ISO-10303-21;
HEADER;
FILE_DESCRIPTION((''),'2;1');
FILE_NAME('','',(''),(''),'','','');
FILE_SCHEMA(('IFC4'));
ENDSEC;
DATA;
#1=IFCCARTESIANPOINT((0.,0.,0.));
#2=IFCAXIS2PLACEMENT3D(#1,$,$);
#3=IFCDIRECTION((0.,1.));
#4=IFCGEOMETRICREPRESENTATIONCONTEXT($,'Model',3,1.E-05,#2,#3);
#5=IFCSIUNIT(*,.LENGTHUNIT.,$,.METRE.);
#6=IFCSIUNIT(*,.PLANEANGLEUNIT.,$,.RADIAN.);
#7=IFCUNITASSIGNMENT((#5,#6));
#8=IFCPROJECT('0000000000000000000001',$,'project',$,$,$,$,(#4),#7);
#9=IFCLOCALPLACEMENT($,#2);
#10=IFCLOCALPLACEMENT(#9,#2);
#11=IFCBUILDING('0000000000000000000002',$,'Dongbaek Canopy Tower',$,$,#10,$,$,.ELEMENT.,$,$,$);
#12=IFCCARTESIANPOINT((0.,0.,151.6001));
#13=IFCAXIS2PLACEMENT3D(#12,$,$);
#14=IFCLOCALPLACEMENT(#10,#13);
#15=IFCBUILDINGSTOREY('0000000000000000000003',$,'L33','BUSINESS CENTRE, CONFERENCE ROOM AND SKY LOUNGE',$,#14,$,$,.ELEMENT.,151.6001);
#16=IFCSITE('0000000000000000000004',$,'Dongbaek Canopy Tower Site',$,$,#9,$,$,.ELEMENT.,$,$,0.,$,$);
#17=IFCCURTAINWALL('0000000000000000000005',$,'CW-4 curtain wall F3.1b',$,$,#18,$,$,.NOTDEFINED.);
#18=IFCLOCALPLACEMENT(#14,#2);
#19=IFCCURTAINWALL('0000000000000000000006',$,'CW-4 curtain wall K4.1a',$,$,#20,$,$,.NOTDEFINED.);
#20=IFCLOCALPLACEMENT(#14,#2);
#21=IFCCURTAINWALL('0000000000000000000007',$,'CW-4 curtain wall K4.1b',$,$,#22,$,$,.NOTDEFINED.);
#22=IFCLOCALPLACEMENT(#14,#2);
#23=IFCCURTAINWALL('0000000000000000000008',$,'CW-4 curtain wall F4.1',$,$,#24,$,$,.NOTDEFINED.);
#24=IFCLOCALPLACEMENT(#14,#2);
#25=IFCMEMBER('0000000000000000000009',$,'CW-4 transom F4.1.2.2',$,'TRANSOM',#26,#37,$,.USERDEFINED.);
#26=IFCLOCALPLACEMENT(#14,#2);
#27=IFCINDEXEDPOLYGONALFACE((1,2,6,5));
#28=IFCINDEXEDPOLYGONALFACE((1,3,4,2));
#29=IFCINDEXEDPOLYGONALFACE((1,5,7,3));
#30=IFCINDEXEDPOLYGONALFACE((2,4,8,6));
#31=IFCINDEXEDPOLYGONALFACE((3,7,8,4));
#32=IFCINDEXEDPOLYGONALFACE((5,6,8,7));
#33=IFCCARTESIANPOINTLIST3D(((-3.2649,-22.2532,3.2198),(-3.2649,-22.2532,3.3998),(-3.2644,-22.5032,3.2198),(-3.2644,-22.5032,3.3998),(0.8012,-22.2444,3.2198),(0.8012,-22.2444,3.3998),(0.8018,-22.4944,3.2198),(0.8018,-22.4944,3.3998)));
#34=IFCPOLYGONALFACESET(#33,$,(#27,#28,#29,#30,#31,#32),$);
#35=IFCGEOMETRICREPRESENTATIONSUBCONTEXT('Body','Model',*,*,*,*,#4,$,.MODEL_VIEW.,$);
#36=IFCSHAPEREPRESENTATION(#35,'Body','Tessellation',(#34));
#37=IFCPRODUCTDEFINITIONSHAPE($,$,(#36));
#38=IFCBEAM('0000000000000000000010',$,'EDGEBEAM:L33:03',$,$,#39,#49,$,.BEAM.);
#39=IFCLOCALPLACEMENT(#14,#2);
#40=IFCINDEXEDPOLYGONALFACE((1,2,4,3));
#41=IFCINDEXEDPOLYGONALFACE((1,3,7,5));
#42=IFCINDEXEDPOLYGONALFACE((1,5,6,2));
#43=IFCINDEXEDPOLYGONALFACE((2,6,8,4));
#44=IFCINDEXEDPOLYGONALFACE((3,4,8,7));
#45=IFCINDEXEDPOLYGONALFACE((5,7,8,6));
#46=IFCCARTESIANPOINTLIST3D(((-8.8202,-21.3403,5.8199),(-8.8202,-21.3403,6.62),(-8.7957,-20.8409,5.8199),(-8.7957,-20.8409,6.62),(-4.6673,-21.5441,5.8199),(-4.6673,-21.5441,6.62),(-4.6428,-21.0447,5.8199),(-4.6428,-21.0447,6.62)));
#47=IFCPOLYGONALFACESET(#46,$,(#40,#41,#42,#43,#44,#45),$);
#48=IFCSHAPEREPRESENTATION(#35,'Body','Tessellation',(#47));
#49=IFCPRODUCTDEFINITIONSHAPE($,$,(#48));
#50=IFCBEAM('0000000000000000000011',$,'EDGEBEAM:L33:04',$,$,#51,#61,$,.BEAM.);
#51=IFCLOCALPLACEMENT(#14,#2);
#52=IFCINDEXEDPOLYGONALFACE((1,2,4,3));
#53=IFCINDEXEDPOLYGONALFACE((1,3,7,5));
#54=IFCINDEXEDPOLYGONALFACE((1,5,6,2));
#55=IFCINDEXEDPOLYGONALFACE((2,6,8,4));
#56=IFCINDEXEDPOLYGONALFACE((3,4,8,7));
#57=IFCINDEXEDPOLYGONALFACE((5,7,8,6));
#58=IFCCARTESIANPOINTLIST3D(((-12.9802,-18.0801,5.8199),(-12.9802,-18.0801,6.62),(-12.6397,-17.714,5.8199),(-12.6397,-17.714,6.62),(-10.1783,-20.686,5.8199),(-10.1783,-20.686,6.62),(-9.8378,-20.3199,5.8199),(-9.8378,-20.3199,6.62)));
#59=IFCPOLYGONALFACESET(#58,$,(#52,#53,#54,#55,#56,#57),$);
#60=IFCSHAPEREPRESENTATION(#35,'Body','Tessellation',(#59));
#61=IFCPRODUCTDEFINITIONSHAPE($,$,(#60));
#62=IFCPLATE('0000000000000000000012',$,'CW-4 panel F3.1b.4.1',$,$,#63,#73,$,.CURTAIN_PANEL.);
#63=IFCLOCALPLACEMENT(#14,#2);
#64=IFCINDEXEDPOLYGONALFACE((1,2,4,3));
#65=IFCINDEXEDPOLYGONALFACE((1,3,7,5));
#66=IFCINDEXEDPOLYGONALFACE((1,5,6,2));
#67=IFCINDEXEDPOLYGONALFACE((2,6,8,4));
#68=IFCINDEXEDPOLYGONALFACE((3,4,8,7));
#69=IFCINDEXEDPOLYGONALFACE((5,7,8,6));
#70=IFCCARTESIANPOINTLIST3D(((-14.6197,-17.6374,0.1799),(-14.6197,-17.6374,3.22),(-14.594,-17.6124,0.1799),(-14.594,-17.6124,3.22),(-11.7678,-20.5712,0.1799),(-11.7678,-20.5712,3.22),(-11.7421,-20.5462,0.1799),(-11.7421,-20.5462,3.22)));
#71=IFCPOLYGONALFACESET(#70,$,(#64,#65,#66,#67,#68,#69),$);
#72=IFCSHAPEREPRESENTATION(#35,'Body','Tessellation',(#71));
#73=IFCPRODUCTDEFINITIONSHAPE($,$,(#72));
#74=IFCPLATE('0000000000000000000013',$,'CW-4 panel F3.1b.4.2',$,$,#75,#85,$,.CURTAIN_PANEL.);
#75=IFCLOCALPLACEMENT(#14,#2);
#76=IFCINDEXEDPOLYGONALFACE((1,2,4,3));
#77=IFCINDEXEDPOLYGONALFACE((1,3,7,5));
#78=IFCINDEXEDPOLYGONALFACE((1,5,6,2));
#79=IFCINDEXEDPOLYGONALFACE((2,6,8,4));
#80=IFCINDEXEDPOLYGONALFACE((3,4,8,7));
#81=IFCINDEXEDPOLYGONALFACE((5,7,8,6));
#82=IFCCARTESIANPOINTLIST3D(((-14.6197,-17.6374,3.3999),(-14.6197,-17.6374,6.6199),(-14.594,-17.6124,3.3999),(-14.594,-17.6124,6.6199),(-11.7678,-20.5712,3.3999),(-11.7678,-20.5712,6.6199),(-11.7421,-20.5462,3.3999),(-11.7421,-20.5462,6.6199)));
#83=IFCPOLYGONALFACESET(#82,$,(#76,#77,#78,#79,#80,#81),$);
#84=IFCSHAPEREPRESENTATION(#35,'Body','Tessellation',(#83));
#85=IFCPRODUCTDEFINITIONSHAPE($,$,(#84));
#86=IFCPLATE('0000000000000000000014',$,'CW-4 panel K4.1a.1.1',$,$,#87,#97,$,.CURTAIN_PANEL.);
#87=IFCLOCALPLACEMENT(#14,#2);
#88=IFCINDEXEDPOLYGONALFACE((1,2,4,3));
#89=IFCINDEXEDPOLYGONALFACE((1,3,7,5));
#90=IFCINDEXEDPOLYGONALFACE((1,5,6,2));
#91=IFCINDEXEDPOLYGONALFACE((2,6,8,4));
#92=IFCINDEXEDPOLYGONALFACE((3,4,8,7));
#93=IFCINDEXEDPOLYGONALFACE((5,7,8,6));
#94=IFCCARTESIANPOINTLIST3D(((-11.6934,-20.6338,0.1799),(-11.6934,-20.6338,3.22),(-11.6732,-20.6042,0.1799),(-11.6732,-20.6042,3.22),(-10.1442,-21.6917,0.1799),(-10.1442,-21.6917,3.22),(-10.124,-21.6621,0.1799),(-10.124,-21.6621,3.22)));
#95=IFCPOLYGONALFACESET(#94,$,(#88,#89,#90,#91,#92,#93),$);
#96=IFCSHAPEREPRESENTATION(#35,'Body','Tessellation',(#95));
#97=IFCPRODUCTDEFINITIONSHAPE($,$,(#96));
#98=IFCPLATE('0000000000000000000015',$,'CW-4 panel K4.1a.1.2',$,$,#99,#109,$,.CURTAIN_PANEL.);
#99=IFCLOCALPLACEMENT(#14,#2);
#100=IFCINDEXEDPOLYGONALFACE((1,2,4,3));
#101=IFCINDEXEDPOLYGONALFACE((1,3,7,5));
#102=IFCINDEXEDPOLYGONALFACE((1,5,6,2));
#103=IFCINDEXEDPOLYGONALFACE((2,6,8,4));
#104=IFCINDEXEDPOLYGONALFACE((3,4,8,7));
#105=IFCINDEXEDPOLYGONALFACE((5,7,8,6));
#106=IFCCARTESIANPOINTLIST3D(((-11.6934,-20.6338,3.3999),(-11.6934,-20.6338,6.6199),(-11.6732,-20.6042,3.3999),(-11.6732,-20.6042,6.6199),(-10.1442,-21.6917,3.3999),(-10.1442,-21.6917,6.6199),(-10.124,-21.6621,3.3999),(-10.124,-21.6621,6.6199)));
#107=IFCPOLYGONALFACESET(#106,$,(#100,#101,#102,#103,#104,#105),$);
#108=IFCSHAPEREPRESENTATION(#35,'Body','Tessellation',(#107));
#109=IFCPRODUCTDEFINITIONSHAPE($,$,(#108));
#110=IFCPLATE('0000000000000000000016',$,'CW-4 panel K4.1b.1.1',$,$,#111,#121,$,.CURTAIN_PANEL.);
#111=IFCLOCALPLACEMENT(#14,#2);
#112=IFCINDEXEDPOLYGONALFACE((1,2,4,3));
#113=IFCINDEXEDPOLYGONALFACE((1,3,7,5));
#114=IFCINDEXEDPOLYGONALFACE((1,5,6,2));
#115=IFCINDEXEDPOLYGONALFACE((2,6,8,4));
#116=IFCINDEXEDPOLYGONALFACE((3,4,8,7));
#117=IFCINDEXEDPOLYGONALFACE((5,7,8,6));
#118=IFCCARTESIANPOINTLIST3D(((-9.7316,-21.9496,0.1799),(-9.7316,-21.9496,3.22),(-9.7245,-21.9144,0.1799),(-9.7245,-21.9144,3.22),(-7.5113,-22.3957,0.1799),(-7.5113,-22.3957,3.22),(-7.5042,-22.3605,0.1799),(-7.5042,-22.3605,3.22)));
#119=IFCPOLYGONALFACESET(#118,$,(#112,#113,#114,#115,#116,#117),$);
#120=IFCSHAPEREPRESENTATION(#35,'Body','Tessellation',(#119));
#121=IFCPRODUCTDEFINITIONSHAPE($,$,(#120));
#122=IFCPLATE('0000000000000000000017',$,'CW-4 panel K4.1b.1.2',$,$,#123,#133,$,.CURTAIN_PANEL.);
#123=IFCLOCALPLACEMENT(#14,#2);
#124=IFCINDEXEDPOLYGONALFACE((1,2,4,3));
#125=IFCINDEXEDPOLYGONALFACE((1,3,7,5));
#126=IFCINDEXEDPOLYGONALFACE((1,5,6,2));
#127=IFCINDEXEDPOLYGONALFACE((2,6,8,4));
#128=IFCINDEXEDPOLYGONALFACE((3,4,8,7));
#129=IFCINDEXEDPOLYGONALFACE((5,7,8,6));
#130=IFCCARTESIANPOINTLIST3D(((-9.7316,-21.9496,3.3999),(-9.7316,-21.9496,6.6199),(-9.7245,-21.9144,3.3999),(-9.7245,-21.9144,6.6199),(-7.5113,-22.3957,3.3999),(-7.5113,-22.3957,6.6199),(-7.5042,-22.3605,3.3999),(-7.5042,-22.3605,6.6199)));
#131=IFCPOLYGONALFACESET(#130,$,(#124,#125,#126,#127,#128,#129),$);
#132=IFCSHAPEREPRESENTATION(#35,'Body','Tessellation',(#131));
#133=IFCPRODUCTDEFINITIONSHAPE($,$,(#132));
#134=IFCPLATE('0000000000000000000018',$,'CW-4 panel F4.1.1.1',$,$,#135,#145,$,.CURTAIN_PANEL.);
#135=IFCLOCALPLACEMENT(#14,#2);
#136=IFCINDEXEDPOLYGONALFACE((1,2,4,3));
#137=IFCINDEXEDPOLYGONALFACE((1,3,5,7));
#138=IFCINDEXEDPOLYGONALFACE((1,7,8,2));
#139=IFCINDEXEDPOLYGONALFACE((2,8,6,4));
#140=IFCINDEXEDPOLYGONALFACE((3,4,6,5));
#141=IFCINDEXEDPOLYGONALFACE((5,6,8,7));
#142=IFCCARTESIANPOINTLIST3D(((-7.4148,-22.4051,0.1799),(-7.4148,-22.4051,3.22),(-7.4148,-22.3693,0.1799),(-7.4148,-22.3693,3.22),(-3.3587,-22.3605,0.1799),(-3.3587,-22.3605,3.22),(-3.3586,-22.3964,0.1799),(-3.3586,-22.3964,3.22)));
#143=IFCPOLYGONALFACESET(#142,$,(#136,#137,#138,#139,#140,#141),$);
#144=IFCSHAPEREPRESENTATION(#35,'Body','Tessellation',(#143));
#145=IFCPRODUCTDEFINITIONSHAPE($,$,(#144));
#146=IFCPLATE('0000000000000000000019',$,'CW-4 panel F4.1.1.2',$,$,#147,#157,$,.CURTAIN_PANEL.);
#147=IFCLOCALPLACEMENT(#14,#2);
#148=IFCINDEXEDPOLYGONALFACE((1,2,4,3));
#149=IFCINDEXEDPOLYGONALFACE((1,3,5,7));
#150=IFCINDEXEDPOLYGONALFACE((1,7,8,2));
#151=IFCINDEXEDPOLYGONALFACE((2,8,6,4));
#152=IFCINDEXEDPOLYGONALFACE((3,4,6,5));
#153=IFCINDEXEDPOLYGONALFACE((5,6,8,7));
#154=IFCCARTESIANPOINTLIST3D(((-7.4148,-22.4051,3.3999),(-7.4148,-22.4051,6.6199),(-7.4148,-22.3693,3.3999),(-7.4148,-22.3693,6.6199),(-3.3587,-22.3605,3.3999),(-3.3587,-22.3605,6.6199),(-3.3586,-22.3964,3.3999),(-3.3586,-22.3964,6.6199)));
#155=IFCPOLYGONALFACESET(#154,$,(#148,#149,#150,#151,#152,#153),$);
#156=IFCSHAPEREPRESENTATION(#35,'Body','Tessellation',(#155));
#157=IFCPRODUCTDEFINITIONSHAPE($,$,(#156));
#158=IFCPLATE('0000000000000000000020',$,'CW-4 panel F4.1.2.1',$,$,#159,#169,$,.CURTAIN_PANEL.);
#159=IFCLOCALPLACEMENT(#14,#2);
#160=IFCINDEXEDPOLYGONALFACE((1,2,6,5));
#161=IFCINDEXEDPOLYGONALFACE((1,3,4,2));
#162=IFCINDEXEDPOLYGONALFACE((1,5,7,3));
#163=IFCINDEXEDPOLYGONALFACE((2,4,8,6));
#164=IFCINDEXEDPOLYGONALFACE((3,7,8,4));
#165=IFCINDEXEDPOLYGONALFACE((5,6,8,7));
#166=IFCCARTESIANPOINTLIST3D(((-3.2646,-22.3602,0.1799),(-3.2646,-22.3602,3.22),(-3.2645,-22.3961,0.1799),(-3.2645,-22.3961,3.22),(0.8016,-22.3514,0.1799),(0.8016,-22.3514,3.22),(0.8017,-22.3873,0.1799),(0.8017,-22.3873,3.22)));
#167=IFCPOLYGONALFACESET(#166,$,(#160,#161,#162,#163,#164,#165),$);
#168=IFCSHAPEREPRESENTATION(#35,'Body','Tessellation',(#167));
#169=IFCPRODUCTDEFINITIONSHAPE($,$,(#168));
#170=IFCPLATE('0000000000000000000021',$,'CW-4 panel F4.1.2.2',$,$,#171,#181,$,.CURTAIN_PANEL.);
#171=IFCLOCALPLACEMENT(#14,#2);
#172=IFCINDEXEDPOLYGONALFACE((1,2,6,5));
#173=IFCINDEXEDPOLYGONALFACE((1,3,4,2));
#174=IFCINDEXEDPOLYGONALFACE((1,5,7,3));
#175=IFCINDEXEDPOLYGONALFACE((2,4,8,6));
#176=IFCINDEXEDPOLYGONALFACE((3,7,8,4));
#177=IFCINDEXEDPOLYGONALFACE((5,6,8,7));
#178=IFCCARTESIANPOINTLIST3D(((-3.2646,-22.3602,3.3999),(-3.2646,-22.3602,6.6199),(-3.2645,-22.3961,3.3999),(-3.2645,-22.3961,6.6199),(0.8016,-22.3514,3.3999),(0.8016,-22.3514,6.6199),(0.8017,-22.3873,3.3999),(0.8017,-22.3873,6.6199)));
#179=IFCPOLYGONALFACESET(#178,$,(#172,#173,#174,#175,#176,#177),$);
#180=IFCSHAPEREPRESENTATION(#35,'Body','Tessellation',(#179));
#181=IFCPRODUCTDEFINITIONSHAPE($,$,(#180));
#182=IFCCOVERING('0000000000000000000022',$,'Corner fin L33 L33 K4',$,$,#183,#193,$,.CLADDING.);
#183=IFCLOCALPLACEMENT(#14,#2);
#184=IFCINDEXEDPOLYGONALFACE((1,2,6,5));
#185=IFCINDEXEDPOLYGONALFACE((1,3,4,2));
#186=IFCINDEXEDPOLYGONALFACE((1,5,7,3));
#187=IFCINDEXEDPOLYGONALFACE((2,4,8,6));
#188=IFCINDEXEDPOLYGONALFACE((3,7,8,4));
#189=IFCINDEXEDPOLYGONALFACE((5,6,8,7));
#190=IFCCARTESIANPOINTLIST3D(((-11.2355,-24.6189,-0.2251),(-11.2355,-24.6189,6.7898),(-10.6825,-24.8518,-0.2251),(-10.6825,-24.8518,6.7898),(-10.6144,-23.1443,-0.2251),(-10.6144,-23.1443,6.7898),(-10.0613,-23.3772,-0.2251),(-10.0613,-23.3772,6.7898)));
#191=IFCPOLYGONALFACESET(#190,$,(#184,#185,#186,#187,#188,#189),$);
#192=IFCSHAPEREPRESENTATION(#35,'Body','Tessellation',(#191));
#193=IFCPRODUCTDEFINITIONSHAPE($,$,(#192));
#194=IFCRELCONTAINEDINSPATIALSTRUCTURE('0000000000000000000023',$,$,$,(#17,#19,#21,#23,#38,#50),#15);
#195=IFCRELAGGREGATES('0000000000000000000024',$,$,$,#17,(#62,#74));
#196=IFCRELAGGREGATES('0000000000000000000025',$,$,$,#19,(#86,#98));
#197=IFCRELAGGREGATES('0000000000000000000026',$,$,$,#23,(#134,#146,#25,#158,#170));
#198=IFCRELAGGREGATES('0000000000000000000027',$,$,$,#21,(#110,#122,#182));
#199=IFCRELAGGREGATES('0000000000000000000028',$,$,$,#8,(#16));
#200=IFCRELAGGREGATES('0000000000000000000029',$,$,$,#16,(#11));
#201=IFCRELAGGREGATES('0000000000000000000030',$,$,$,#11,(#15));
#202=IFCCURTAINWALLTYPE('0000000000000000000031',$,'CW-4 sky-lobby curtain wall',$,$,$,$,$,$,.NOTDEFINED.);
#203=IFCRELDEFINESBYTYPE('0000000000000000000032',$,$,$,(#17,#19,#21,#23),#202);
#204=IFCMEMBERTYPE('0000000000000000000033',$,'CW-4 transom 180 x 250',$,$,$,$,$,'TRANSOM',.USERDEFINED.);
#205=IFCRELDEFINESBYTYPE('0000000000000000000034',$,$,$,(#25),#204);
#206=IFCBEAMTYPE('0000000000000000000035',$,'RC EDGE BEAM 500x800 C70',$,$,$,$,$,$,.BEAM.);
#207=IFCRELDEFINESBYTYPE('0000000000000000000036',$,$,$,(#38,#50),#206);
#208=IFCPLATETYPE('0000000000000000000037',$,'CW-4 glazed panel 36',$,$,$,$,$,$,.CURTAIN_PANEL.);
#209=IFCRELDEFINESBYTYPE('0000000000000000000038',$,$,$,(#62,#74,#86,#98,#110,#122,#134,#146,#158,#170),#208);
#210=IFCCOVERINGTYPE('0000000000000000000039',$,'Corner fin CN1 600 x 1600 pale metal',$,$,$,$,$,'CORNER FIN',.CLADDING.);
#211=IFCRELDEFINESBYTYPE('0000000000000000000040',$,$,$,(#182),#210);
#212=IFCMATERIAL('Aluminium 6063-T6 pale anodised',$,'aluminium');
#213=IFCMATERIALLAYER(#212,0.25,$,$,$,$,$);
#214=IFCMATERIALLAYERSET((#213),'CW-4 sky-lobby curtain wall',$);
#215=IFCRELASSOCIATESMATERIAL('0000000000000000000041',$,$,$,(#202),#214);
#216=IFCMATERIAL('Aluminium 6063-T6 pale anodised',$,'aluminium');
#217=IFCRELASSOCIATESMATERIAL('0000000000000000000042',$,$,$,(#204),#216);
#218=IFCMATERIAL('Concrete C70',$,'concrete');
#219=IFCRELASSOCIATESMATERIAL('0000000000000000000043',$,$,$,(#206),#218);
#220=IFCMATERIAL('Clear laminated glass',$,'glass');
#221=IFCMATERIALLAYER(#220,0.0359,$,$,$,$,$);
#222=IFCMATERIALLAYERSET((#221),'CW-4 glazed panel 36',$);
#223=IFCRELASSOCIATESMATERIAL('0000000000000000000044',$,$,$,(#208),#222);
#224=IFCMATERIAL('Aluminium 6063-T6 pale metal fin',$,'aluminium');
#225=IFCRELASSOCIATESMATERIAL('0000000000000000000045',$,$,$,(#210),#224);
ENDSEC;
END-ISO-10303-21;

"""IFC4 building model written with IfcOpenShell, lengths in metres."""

from ifc_helpers import new_model, si_unit, direction, frame, origin, origin_2d, place, context, subcontext, project, spatial, rectangle, extrude, material, layer, layer_set, material_profile, profile_set, type_object, element, aggregate, save


model = new_model("IFC4")

# Units and contexts
model_context = context("Model", 3, precision=1e-05, world=origin(), true_north=direction((0.0, 1.0)))
body_context = subcontext(model_context, "Body", "Model", "MODEL_VIEW")
ifc_project = project(units=[si_unit("LENGTHUNIT", "METRE"), si_unit("PLANEANGLEUNIT", "RADIAN")], contexts=[model_context])

# Site, building, storey
site_placement = place(None, origin())
site = spatial("IfcSite", under=ifc_project, at=site_placement, Name="Dongbaek Canopy Tower Site", CompositionType="ELEMENT", RefElevation=0.0)
building_placement = place(site_placement, origin())
building = spatial("IfcBuilding", under=site, at=building_placement, Name="Dongbaek Canopy Tower", CompositionType="ELEMENT")
storey_placement = place(building_placement, frame((0.0, 0.0, 151.6001)))
storey = spatial("IfcBuildingStorey", under=building, at=storey_placement, Name="L33", Description="BUSINESS CENTRE, CONFERENCE ROOM AND SKY LOUNGE", CompositionType="ELEMENT", Elevation=151.6001)

# Curtain walls
ifc_material_1 = material(Name="Aluminium 6063-T6 pale anodised", Category="aluminium")
ifc_layer_1 = layer(ifc_material_1, 0.25)
ifc_layer_set_1 = layer_set([ifc_layer_1], Name="CW-4 sky-lobby curtain wall")
curtain_wall_type = type_object("IfcCurtainWallType", Name="CW-4 sky-lobby curtain wall", PredefinedType="NOTDEFINED", material=ifc_layer_set_1)
curtain_wall_1_placement = place(storey_placement, origin())
curtain_wall_1 = element("IfcCurtainWall", 1, at=curtain_wall_1_placement, inside=storey, type_object=curtain_wall_type, Name="CW-4 curtain wall F3.1b", PredefinedType="NOTDEFINED")
curtain_wall_2_placement = place(storey_placement, origin())
curtain_wall_2 = element("IfcCurtainWall", 2, at=curtain_wall_2_placement, inside=storey, type_object=curtain_wall_type, Name="CW-4 curtain wall K4.1a", PredefinedType="NOTDEFINED")

# Curtain wall
curtain_wall_3_placement = place(storey_placement, origin())
curtain_wall_3 = element("IfcCurtainWall", 3, at=curtain_wall_3_placement, inside=storey, type_object=curtain_wall_type, Name="CW-4 curtain wall K4.1b", PredefinedType="NOTDEFINED")

# Curtain wall
curtain_wall_4_placement = place(storey_placement, origin())
curtain_wall_4 = element("IfcCurtainWall", 4, at=curtain_wall_4_placement, inside=storey, type_object=curtain_wall_type, Name="CW-4 curtain wall F4.1", PredefinedType="NOTDEFINED")

# Member
ifc_material_2 = material(Name="Aluminium 6063-T6 pale anodised", Category="aluminium")
ifc_material_profile_1 = material_profile(ifc_material_2, rectangle(XDim=0.25, YDim=0.1799, at=origin_2d()), Name="CW-4 transom 180 x 250")
ifc_profile_set_1 = profile_set([ifc_material_profile_1], Name="Aluminium 6063-T6 pale anodised")
member_type_1 = type_object("IfcMemberType", Name="CW-4 transom 180 x 250", ElementType="TRANSOM", PredefinedType="USERDEFINED", material=ifc_profile_set_1)
member_1_placement = place(storey_placement, frame((-3.2646, -22.3782, 3.3098), z_axis=(0.999998, 0.002162, 0.0), x_axis=(-0.002162, 0.999998, 0.0)))
member_1 = element("IfcMember", 5, at=member_1_placement, type_object=member_type_1, Name="CW-4 transom F4.1.2.2", ObjectType="TRANSOM", PredefinedType="USERDEFINED", context=body_context, shape_type="SweptSolid", body=[
    extrude(rectangle(XDim=0.25, YDim=0.1799, at=origin_2d()), origin(), (0.0, 0.0, 1.0), 4.0662),
])

# Beams
ifc_material_3 = material(Name="Concrete C70", Category="concrete")
ifc_material_profile_2 = material_profile(ifc_material_3, rectangle(XDim=0.5, YDim=0.8, at=origin_2d()), Name="RC EDGE BEAM 500x800 C70")
ifc_profile_set_2 = profile_set([ifc_material_profile_2], Name="Concrete C70")
beam_type = type_object("IfcBeamType", Name="RC EDGE BEAM 500x800 C70", PredefinedType="BEAM", material=ifc_profile_set_2)
beam_1_placement = place(storey_placement, frame((-4.655, -21.2944, 6.22), z_axis=(-0.998797, 0.049027, 0.0), x_axis=(-0.049027, -0.998797, 0.0)))
element("IfcBeam", 6, at=beam_1_placement, inside=storey, type_object=beam_type, Name="EDGEBEAM:L33:03", PredefinedType="BEAM", context=body_context, shape_type="SweptSolid", body=[
    extrude(rectangle(XDim=0.5, YDim=0.8, at=origin_2d()), origin(), (0.0, 0.0, 1.0), 4.158),
])
beam_2_placement = place(storey_placement, frame((-10.0081, -20.5029, 6.22), z_axis=(-0.732259, 0.681026, 0.0), x_axis=(-0.681026, -0.732259, 0.0)))
element("IfcBeam", 7, at=beam_2_placement, inside=storey, type_object=beam_type, Name="EDGEBEAM:L33:04", PredefinedType="BEAM", context=body_context, shape_type="SweptSolid", body=[
    extrude(rectangle(XDim=0.5, YDim=0.8, at=origin_2d()), origin(), (0.0, 0.0, 1.0), 3.8264),
])

# Plates
ifc_material_4 = material(Name="Clear laminated glass", Category="glass")
ifc_layer_2 = layer(ifc_material_4, 0.0359)
ifc_layer_set_2 = layer_set([ifc_layer_2], Name="CW-4 glazed panel 36")
plate_type = type_object("IfcPlateType", Name="CW-4 glazed panel 36", PredefinedType="CURTAIN_PANEL", material=ifc_layer_set_2)
plate_1_placement = place(storey_placement, frame((-13.1809, -19.0918, 0.1799), z_axis=(0.0, 0.0, 1.0), x_axis=(0.697015, -0.717057, 0.0)))
plate_1 = element("IfcPlate", 8, at=plate_1_placement, type_object=plate_type, Name="CW-4 panel F3.1b.4.1", PredefinedType="CURTAIN_PANEL", context=body_context, shape_type="SweptSolid", body=[
    extrude(rectangle(XDim=4.0916, YDim=0.0359, at=origin_2d()), origin(), (0.0, 0.0, 1.0), 3.04),
])
plate_2_placement = place(storey_placement, frame((-13.1809, -19.0918, 3.3999), z_axis=(0.0, 0.0, 1.0), x_axis=(0.697015, -0.717057, 0.0)))
plate_2 = element("IfcPlate", 9, at=plate_2_placement, type_object=plate_type, Name="CW-4 panel F3.1b.4.2", PredefinedType="CURTAIN_PANEL", context=body_context, shape_type="SweptSolid", body=[
    extrude(rectangle(XDim=4.0916, YDim=0.0359, at=origin_2d()), origin(), (0.0, 0.0, 1.0), 3.22),
])
aggregate(curtain_wall_1, [plate_1, plate_2])
plate_3_placement = place(storey_placement, frame((-10.9087, -21.1479, 0.1799), z_axis=(0.0, 0.0, 1.0), x_axis=(0.825823, -0.56393, 0.0)))
plate_3 = element("IfcPlate", 10, at=plate_3_placement, type_object=plate_type, Name="CW-4 panel K4.1a.1.1", PredefinedType="CURTAIN_PANEL", context=body_context, shape_type="SweptSolid", body=[
    extrude(rectangle(XDim=1.876, YDim=0.0359, at=origin_2d()), origin(), (0.0, 0.0, 1.0), 3.04),
])
plate_4_placement = place(storey_placement, frame((-10.9087, -21.1479, 3.3999), z_axis=(0.0, 0.0, 1.0), x_axis=(0.825823, -0.56393, 0.0)))
plate_4 = element("IfcPlate", 11, at=plate_4_placement, type_object=plate_type, Name="CW-4 panel K4.1a.1.2", PredefinedType="CURTAIN_PANEL", context=body_context, shape_type="SweptSolid", body=[
    extrude(rectangle(XDim=1.876, YDim=0.0359, at=origin_2d()), origin(), (0.0, 0.0, 1.0), 3.22),
])
aggregate(curtain_wall_2, [plate_3, plate_4])
plate_5_placement = place(storey_placement, frame((-8.6179, -22.155, 0.1799), z_axis=(0.0, 0.0, 1.0), x_axis=(0.980409, -0.196973, 0.0)))
plate_5 = element("IfcPlate", 12, at=plate_5_placement, type_object=plate_type, Name="CW-4 panel K4.1b.1.1", PredefinedType="CURTAIN_PANEL", context=body_context, shape_type="SweptSolid", body=[
    extrude(rectangle(XDim=2.2646, YDim=0.0359, at=origin_2d()), origin(), (0.0, 0.0, 1.0), 3.04),
])
plate_6_placement = place(storey_placement, frame((-8.6179, -22.155, 3.3999), z_axis=(0.0, 0.0, 1.0), x_axis=(0.980409, -0.196973, 0.0)))
plate_6 = element("IfcPlate", 13, at=plate_6_placement, type_object=plate_type, Name="CW-4 panel K4.1b.1.2", PredefinedType="CURTAIN_PANEL", context=body_context, shape_type="SweptSolid", body=[
    extrude(rectangle(XDim=2.2646, YDim=0.0359, at=origin_2d()), origin(), (0.0, 0.0, 1.0), 3.22),
])
plate_7_placement = place(storey_placement, frame((-5.3867, -22.3828, 0.1799), z_axis=(0.0, 0.0, 1.0), x_axis=(0.999998, 0.002164, 0.0)))
plate_7 = element("IfcPlate", 14, at=plate_7_placement, type_object=plate_type, Name="CW-4 panel F4.1.1.1", PredefinedType="CURTAIN_PANEL", context=body_context, shape_type="SweptSolid", body=[
    extrude(rectangle(XDim=4.0562, YDim=0.0359, at=origin_2d()), origin(), (0.0, 0.0, 1.0), 3.04),
])
plate_8_placement = place(storey_placement, frame((-5.3867, -22.3828, 3.3999), z_axis=(0.0, 0.0, 1.0), x_axis=(0.999998, 0.002164, 0.0)))
plate_8 = element("IfcPlate", 15, at=plate_8_placement, type_object=plate_type, Name="CW-4 panel F4.1.1.2", PredefinedType="CURTAIN_PANEL", context=body_context, shape_type="SweptSolid", body=[
    extrude(rectangle(XDim=4.0562, YDim=0.0359, at=origin_2d()), origin(), (0.0, 0.0, 1.0), 3.22),
])
plate_9_placement = place(storey_placement, frame((-1.2314, -22.3738, 0.1799), z_axis=(0.0, 0.0, 1.0), x_axis=(0.999998, 0.002164, 0.0)))
plate_9 = element("IfcPlate", 16, at=plate_9_placement, type_object=plate_type, Name="CW-4 panel F4.1.2.1", PredefinedType="CURTAIN_PANEL", context=body_context, shape_type="SweptSolid", body=[
    extrude(rectangle(XDim=4.0662, YDim=0.0359, at=origin_2d()), origin(), (0.0, 0.0, 1.0), 3.04),
])
plate_10_placement = place(storey_placement, frame((-1.2314, -22.3738, 3.3999), z_axis=(0.0, 0.0, 1.0), x_axis=(0.999998, 0.002164, 0.0)))
plate_10 = element("IfcPlate", 17, at=plate_10_placement, type_object=plate_type, Name="CW-4 panel F4.1.2.2", PredefinedType="CURTAIN_PANEL", context=body_context, shape_type="SweptSolid", body=[
    extrude(rectangle(XDim=4.0662, YDim=0.0359, at=origin_2d()), origin(), (0.0, 0.0, 1.0), 3.22),
])
aggregate(curtain_wall_4, [plate_7, plate_8, member_1, plate_9, plate_10])

# Covering
ifc_material_5 = material(Name="Aluminium 6063-T6 pale metal fin", Category="aluminium")
ifc_material_profile_3 = material_profile(ifc_material_5, rectangle(XDim=1.6001, YDim=0.6001, at=origin_2d()), Name="Corner fin CN1 600 x 1600 pale metal")
ifc_profile_set_3 = profile_set([ifc_material_profile_3], Name="Aluminium 6063-T6 pale metal fin")
covering_type = type_object("IfcCoveringType", Name="Corner fin CN1 600 x 1600 pale metal", ElementType="CORNER FIN", PredefinedType="CLADDING", material=ifc_profile_set_3)
covering_placement = place(storey_placement, frame((-10.6484, -23.998, -0.2251), z_axis=(0.0, 0.0, 1.0), x_axis=(-0.388223, -0.921565, 0.0)))
covering = element("IfcCovering", 18, at=covering_placement, type_object=covering_type, Name="Corner fin L33 L33 K4", PredefinedType="CLADDING", context=body_context, shape_type="SweptSolid", body=[
    extrude(rectangle(XDim=1.6001, YDim=0.6001, at=origin_2d()), origin(), (0.0, 0.0, 1.0), 7.0149),
])
aggregate(curtain_wall_3, [plate_5, plate_6, covering])

save(model, "model.ifc")
